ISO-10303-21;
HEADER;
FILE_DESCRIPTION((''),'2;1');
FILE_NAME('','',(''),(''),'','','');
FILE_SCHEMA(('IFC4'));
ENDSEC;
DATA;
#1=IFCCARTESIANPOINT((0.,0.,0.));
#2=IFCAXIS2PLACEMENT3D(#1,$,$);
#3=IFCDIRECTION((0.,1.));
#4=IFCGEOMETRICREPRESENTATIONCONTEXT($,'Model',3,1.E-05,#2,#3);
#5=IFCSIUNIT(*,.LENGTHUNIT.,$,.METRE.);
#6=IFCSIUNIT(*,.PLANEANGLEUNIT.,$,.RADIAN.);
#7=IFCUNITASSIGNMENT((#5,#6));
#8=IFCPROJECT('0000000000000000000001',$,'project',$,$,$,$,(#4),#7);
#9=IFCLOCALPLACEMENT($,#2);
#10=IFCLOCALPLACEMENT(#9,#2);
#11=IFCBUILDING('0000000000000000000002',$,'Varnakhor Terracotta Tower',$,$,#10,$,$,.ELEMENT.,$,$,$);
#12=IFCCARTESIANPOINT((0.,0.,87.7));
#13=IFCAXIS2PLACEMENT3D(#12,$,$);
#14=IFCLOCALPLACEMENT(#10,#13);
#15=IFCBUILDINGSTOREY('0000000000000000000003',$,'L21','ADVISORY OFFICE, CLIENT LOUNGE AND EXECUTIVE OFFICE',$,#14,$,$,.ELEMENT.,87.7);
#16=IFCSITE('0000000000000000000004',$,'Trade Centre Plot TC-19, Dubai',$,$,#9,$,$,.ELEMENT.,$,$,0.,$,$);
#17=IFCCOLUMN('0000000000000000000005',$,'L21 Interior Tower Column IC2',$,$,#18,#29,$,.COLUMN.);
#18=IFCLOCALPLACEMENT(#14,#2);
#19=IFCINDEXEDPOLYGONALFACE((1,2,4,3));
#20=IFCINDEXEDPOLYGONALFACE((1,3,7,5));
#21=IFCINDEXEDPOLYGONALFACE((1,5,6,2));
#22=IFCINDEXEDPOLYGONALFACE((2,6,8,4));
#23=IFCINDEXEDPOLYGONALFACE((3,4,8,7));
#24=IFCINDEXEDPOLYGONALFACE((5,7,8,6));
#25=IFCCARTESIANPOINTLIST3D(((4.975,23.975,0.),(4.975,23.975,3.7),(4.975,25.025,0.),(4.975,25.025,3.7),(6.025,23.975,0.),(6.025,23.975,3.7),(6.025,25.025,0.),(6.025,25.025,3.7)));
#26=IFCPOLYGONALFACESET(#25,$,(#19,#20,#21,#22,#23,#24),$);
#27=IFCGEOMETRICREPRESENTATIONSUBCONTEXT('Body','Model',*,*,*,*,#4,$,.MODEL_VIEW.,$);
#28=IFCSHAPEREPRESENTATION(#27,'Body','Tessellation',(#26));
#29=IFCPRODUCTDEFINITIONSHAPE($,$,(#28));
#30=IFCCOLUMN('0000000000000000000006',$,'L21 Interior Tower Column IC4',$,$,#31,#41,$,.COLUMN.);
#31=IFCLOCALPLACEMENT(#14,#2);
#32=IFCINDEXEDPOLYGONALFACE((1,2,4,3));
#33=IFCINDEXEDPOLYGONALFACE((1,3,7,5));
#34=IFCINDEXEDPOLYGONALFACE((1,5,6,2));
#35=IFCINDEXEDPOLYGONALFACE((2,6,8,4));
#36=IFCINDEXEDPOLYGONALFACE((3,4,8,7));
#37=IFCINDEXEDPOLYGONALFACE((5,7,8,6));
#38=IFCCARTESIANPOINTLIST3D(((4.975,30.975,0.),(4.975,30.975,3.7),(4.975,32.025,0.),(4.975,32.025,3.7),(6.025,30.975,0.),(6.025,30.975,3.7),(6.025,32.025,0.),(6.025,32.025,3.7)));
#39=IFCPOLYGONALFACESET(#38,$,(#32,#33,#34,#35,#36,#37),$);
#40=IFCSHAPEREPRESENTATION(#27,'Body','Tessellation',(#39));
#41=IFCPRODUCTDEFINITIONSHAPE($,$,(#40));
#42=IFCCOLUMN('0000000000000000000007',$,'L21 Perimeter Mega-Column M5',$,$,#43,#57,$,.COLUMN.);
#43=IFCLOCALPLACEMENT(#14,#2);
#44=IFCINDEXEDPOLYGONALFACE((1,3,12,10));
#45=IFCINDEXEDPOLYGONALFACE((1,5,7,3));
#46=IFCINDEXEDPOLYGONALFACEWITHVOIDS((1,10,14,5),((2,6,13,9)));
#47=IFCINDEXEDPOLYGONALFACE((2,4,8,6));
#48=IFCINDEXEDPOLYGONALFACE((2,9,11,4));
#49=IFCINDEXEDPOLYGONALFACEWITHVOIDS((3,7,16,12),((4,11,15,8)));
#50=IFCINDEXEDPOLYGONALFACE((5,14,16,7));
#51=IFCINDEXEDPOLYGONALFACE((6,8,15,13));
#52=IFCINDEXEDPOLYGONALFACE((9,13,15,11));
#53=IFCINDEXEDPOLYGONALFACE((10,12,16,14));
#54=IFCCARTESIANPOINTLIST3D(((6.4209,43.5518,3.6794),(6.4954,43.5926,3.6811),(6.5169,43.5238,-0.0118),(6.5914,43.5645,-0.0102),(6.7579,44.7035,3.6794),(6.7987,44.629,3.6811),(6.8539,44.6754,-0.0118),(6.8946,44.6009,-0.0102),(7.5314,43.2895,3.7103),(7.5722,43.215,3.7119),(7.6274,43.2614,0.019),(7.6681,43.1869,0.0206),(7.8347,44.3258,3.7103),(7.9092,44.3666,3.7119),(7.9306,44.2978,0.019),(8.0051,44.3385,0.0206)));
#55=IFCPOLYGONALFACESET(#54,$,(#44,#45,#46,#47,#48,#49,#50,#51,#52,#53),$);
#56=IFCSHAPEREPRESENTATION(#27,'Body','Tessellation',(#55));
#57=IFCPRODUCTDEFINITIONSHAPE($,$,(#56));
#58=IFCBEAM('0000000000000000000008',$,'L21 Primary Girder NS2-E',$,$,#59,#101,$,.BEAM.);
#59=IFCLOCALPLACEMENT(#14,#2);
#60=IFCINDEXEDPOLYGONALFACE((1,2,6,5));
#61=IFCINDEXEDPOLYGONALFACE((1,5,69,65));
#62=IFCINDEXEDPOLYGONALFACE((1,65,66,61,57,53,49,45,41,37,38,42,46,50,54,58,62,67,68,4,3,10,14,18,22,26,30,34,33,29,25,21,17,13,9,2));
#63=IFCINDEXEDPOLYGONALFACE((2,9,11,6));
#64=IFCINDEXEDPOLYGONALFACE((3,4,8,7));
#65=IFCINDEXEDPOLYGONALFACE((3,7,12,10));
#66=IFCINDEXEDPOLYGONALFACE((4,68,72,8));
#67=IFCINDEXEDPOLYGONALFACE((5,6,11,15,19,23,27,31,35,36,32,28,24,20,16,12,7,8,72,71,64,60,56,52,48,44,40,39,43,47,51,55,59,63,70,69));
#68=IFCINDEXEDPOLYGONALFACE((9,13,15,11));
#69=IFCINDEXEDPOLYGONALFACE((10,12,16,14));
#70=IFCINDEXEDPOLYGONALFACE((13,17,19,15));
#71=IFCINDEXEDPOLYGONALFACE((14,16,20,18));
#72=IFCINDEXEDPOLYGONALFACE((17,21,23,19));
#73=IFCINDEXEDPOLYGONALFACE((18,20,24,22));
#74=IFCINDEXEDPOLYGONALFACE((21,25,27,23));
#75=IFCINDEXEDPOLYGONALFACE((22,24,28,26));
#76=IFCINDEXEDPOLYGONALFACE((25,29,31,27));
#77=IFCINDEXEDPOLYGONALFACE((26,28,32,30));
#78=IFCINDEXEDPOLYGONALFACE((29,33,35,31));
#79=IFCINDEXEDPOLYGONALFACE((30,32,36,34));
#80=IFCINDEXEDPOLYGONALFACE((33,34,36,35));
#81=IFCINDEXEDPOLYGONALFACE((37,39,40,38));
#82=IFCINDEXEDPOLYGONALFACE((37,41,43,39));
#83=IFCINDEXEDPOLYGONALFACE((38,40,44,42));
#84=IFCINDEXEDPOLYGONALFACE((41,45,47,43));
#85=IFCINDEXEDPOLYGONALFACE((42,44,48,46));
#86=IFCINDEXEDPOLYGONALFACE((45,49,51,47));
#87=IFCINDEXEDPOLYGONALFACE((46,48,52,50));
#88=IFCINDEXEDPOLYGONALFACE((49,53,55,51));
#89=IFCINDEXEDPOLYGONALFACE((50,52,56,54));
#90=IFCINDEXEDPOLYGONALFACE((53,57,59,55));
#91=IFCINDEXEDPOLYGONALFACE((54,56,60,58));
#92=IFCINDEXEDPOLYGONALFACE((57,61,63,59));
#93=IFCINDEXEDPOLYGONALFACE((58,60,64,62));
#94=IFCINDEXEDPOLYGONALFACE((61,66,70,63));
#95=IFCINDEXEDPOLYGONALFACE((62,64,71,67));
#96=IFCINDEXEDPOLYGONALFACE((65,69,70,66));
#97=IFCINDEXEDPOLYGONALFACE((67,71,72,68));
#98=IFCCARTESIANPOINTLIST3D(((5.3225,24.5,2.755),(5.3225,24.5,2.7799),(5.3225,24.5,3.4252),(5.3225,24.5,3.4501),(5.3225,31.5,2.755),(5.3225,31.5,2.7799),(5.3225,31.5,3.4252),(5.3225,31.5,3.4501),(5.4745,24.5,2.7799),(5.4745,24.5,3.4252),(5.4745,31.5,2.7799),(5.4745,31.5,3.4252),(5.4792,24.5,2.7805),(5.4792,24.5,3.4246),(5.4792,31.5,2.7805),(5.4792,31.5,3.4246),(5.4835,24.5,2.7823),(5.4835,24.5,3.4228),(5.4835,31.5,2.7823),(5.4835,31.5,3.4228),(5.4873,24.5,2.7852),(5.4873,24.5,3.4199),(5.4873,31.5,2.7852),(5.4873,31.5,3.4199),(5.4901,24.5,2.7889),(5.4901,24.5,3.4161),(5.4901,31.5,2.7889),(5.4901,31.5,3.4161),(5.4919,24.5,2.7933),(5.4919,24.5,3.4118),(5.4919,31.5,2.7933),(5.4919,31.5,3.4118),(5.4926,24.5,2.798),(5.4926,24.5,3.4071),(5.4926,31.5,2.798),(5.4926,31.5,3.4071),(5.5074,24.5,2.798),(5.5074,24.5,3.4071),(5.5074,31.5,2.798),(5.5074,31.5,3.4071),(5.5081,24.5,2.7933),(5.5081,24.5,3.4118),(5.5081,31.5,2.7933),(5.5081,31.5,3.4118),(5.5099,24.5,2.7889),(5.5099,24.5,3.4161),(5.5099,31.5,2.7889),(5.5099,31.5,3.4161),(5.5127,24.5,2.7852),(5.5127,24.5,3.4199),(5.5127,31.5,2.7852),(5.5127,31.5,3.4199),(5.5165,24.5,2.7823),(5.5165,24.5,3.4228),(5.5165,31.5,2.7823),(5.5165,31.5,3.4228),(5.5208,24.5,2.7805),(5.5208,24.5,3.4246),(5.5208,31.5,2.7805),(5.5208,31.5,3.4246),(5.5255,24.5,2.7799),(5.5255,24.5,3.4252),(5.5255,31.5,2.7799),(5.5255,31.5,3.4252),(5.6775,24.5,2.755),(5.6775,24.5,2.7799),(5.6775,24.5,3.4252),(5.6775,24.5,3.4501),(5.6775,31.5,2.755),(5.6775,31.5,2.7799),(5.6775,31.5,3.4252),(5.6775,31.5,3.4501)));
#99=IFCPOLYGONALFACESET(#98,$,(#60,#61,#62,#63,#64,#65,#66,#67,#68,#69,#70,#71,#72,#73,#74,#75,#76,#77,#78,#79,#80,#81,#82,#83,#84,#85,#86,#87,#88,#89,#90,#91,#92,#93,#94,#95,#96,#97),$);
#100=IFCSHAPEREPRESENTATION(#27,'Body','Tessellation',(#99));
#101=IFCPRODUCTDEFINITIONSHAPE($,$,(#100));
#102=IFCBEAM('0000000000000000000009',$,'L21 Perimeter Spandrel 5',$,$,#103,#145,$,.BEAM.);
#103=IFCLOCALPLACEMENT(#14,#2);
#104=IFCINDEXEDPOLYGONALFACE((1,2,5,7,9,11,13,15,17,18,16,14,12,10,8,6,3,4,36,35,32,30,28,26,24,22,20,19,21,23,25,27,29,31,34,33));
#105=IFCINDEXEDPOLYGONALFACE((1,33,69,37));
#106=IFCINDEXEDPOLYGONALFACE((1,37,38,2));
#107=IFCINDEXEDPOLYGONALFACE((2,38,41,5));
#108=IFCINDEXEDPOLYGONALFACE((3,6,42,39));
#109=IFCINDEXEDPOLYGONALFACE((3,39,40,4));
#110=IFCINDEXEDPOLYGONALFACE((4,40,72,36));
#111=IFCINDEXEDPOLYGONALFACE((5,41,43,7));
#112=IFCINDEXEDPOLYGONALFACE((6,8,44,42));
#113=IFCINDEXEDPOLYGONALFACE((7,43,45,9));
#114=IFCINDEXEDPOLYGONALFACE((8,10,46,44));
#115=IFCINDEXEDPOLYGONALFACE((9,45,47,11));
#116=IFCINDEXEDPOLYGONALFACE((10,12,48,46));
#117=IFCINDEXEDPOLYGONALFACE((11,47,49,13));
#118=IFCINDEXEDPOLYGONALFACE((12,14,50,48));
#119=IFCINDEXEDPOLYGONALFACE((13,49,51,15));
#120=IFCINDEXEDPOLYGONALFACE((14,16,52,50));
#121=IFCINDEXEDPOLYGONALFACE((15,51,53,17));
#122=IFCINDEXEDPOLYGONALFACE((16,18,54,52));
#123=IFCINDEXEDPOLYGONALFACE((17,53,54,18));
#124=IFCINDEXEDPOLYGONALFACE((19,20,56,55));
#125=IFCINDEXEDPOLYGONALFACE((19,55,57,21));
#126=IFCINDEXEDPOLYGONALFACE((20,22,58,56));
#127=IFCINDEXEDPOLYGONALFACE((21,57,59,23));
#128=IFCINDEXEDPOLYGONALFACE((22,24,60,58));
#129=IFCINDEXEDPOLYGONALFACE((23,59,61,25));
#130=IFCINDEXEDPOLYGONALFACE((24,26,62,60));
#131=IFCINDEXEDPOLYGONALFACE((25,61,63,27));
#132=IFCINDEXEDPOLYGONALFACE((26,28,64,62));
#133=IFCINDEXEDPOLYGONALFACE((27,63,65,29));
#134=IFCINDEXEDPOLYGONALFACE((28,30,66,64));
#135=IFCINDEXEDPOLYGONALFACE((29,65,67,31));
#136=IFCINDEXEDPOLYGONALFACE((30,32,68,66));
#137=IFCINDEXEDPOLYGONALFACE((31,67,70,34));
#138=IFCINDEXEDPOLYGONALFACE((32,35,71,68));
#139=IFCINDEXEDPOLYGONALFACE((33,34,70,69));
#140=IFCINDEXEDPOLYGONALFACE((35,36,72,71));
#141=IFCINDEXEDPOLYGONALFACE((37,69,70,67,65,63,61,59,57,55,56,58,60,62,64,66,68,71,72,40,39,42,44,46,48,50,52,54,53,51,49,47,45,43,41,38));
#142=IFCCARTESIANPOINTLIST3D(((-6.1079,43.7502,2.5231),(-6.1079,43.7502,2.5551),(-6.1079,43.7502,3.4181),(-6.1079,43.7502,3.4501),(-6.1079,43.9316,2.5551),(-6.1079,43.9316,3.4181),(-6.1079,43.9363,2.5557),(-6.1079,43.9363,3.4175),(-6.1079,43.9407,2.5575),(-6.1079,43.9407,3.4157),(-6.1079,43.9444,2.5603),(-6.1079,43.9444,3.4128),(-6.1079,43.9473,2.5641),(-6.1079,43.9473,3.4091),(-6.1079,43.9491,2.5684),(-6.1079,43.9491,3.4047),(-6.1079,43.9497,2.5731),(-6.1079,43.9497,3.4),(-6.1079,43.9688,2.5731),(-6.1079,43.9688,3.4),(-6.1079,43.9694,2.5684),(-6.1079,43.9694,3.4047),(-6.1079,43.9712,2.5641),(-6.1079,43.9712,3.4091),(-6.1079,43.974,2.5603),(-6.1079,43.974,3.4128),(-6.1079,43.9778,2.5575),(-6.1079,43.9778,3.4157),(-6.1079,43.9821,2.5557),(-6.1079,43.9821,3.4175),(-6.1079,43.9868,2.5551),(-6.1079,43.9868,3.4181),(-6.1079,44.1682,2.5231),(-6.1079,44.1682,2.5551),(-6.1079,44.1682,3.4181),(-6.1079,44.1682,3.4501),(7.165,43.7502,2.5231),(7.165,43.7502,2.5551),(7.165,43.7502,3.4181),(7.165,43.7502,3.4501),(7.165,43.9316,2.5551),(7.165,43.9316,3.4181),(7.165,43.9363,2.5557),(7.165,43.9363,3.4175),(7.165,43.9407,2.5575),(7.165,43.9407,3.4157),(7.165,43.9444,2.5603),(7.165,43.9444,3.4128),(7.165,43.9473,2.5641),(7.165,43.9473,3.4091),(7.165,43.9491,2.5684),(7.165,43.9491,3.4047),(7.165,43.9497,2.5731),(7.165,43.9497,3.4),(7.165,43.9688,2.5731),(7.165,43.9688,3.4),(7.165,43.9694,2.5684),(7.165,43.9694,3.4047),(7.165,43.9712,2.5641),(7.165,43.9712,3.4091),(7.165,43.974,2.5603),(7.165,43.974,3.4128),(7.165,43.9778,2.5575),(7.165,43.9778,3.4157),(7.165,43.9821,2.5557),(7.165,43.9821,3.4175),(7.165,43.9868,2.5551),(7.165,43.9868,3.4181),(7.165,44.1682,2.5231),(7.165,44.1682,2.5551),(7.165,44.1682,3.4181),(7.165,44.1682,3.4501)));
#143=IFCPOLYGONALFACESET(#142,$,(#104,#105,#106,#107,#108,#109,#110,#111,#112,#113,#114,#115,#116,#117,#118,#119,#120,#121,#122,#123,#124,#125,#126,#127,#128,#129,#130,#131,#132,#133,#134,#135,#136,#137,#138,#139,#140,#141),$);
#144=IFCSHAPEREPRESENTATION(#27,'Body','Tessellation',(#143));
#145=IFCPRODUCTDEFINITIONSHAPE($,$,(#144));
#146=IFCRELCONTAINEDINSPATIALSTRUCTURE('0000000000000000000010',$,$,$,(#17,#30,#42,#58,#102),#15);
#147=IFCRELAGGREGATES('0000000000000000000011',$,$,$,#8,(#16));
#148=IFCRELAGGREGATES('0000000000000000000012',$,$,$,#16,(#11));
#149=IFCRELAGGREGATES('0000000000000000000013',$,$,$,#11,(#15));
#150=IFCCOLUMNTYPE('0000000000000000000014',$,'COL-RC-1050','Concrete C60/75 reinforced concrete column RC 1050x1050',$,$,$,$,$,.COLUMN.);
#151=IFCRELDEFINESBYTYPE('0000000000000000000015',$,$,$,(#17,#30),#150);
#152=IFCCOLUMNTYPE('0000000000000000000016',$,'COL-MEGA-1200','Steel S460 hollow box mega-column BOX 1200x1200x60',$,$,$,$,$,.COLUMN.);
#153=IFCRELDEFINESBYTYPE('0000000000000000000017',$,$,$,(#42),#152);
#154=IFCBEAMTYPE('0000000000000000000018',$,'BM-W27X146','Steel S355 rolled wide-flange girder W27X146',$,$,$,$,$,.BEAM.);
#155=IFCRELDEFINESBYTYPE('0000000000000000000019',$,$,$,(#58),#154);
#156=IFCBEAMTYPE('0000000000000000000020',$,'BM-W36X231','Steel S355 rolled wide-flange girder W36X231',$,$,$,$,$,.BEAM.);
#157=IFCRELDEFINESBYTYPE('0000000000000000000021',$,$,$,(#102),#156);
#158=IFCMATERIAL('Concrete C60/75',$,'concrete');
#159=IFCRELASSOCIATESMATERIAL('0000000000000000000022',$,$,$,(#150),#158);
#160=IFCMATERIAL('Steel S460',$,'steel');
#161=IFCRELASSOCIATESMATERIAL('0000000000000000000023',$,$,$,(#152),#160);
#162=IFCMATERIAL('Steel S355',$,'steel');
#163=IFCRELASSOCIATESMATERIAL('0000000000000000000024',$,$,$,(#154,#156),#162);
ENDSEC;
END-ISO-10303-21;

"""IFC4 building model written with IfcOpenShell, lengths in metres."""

from ifc_helpers import new_model, si_unit, direction, frame, origin, origin_2d, place, context, subcontext, project, spatial, rectangle, hollow_rectangle, i_section, extrude, source, transform, mapped, material, material_profile, profile_set, type_object, element, save


model = new_model("IFC4")

# Units and contexts
model_context = context("Model", 3, precision=1e-05, world=origin(), true_north=direction((0.0, 1.0)))
body_context = subcontext(model_context, "Body", "Model", "MODEL_VIEW")
ifc_project = project(units=[si_unit("LENGTHUNIT", "METRE"), si_unit("PLANEANGLEUNIT", "RADIAN")], contexts=[model_context])

# Site, building, storey
site_placement = place(None, origin())
site = spatial("IfcSite", under=ifc_project, at=site_placement, Name="Trade Centre Plot TC-19, Dubai", CompositionType="ELEMENT", RefElevation=0.0)
building_placement = place(site_placement, origin())
building = spatial("IfcBuilding", under=site, at=building_placement, Name="Varnakhor Terracotta Tower", CompositionType="ELEMENT")
storey_placement = place(building_placement, frame((0.0, 0.0, 87.7)))
storey = spatial("IfcBuildingStorey", under=building, at=storey_placement, Name="L21", Description="ADVISORY OFFICE, CLIENT LOUNGE AND EXECUTIVE OFFICE", CompositionType="ELEMENT", Elevation=87.7)

# Columns
ifc_material_1 = material(Name="Concrete C60/75", Category="concrete")
ifc_material_profile_1 = material_profile(ifc_material_1, rectangle(XDim=1.05, YDim=1.05, at=origin_2d()), Name="RC 1050x1050")
ifc_profile_set_1 = profile_set([ifc_material_profile_1], Name="Concrete C60/75")
column_type_1 = type_object("IfcColumnType", Name="COL-RC-1050", Description="Concrete C60/75 reinforced concrete column RC 1050x1050", PredefinedType="COLUMN", material=ifc_profile_set_1)
shared_shape_1 = source(origin(), body_context, "Body", "SweptSolid", [
    extrude(rectangle(XDim=1.05, YDim=1.05, at=origin_2d()), origin(), (0.0, 0.0, 1.0), 3.7),
])
for number, where, z_axis, x_axis, name in (
    (1, (5.5, 24.5, 0.0), (0.0, 0.0, 1.0), (1.0, 0.0, 0.0), "L21 Interior Tower Column IC2"),
    (2, (5.5, 31.5, 0.0), (0.0, 0.0, 1.0), (1.0, 0.0, 0.0), "L21 Interior Tower Column IC4"),
):
    element("IfcColumn", number, at=place(storey_placement, frame(where, z_axis=z_axis, x_axis=x_axis)), inside=storey, type_object=column_type_1, Name=name, PredefinedType="COLUMN", context=body_context, shape_type="MappedRepresentation", body=[
        mapped(shared_shape_1, transform((0.0, 0.0, 0.0), scale=1.0)),
    ])
ifc_material_2 = material(Name="Steel S460", Category="steel")
ifc_material_profile_2 = material_profile(ifc_material_2, hollow_rectangle(XDim=1.2, YDim=1.2, WallThickness=0.0601, at=origin_2d()), Name="BOX 1200x1200x60")
ifc_profile_set_2 = profile_set([ifc_material_profile_2], Name="Steel S460")
column_type_2 = type_object("IfcColumnType", Name="COL-MEGA-1200", Description="Steel S460 hollow box mega-column BOX 1200x1200x60", PredefinedType="COLUMN", material=ifc_profile_set_2)
shared_shape_2 = source(origin(), body_context, "Body", "SweptSolid", [
    extrude(hollow_rectangle(XDim=1.2, YDim=1.2, WallThickness=0.0601, at=origin_2d()), origin(), (0.0, 0.0, 1.0), 3.6926),
])
column_placement = place(storey_placement, frame((7.261, 43.9312, 0.0044), z_axis=(-0.025984, 0.007604, 0.999633), x_axis=(-0.280844, -0.959753, 0.0)))
element("IfcColumn", 3, at=column_placement, inside=storey, type_object=column_type_2, Name="L21 Perimeter Mega-Column M5", PredefinedType="COLUMN", context=body_context, shape_type="MappedRepresentation", body=[
    mapped(shared_shape_2, transform((0.0, 0.0, 0.0), scale=1.0)),
])

# Beams
ifc_material_3 = material(Name="Steel S355", Category="steel")
ifc_material_profile_3 = material_profile(ifc_material_3, i_section(OverallWidth=0.355, OverallDepth=0.6951, WebThickness=0.0149, FlangeThickness=0.0249, FilletRadius=0.0181, at=origin_2d()), Name="W27X146")
ifc_profile_set_3 = profile_set([ifc_material_profile_3], Name="Steel S355")
beam_type_1 = type_object("IfcBeamType", Name="BM-W27X146", Description="Steel S355 rolled wide-flange girder W27X146", PredefinedType="BEAM", material=ifc_profile_set_3)
shared_shape_3 = source(origin(), body_context, "Body", "SweptSolid", [
    extrude(i_section(OverallWidth=0.355, OverallDepth=0.6951, WebThickness=0.0149, FlangeThickness=0.0249, FilletRadius=0.0181, at=origin_2d()), origin(), (0.0, 0.0, 1.0), 7.0),
])
beam_1_placement = place(storey_placement, frame((5.5, 24.5, 3.1025), z_axis=(0.0, 1.0, 0.0), x_axis=(-1.0, 0.0, 0.0)))
element("IfcBeam", 4, at=beam_1_placement, inside=storey, type_object=beam_type_1, Name="L21 Primary Girder NS2-E", PredefinedType="BEAM", context=body_context, shape_type="MappedRepresentation", body=[
    mapped(shared_shape_3, transform((0.0, 0.0, 0.0), scale=1.0)),
])
ifc_material_profile_4 = material_profile(ifc_material_3, i_section(OverallWidth=0.418, OverallDepth=0.927, WebThickness=0.019, FlangeThickness=0.032, FilletRadius=0.0181, at=origin_2d()), Name="W36X231")
ifc_profile_set_4 = profile_set([ifc_material_profile_4], Name="Steel S355")
beam_type_2 = type_object("IfcBeamType", Name="BM-W36X231", Description="Steel S355 rolled wide-flange girder W36X231", PredefinedType="BEAM", material=ifc_profile_set_4)
shared_shape_4 = source(origin(), body_context, "Body", "SweptSolid", [
    extrude(i_section(OverallWidth=0.418, OverallDepth=0.927, WebThickness=0.019, FlangeThickness=0.032, FilletRadius=0.0181, at=origin_2d()), origin(), (0.0, 0.0, 1.0), 13.2729),
])
beam_2_placement = place(storey_placement, frame((7.165, 43.9592, 2.9866), z_axis=(-1.0, 0.0, 0.0), x_axis=(0.0, -1.0, 0.0)))
element("IfcBeam", 5, at=beam_2_placement, inside=storey, type_object=beam_type_2, Name="L21 Perimeter Spandrel 5", PredefinedType="BEAM", context=body_context, shape_type="MappedRepresentation", body=[
    mapped(shared_shape_4, transform((0.0, 0.0, 0.0), scale=1.0)),
])

save(model, "model.ifc")
